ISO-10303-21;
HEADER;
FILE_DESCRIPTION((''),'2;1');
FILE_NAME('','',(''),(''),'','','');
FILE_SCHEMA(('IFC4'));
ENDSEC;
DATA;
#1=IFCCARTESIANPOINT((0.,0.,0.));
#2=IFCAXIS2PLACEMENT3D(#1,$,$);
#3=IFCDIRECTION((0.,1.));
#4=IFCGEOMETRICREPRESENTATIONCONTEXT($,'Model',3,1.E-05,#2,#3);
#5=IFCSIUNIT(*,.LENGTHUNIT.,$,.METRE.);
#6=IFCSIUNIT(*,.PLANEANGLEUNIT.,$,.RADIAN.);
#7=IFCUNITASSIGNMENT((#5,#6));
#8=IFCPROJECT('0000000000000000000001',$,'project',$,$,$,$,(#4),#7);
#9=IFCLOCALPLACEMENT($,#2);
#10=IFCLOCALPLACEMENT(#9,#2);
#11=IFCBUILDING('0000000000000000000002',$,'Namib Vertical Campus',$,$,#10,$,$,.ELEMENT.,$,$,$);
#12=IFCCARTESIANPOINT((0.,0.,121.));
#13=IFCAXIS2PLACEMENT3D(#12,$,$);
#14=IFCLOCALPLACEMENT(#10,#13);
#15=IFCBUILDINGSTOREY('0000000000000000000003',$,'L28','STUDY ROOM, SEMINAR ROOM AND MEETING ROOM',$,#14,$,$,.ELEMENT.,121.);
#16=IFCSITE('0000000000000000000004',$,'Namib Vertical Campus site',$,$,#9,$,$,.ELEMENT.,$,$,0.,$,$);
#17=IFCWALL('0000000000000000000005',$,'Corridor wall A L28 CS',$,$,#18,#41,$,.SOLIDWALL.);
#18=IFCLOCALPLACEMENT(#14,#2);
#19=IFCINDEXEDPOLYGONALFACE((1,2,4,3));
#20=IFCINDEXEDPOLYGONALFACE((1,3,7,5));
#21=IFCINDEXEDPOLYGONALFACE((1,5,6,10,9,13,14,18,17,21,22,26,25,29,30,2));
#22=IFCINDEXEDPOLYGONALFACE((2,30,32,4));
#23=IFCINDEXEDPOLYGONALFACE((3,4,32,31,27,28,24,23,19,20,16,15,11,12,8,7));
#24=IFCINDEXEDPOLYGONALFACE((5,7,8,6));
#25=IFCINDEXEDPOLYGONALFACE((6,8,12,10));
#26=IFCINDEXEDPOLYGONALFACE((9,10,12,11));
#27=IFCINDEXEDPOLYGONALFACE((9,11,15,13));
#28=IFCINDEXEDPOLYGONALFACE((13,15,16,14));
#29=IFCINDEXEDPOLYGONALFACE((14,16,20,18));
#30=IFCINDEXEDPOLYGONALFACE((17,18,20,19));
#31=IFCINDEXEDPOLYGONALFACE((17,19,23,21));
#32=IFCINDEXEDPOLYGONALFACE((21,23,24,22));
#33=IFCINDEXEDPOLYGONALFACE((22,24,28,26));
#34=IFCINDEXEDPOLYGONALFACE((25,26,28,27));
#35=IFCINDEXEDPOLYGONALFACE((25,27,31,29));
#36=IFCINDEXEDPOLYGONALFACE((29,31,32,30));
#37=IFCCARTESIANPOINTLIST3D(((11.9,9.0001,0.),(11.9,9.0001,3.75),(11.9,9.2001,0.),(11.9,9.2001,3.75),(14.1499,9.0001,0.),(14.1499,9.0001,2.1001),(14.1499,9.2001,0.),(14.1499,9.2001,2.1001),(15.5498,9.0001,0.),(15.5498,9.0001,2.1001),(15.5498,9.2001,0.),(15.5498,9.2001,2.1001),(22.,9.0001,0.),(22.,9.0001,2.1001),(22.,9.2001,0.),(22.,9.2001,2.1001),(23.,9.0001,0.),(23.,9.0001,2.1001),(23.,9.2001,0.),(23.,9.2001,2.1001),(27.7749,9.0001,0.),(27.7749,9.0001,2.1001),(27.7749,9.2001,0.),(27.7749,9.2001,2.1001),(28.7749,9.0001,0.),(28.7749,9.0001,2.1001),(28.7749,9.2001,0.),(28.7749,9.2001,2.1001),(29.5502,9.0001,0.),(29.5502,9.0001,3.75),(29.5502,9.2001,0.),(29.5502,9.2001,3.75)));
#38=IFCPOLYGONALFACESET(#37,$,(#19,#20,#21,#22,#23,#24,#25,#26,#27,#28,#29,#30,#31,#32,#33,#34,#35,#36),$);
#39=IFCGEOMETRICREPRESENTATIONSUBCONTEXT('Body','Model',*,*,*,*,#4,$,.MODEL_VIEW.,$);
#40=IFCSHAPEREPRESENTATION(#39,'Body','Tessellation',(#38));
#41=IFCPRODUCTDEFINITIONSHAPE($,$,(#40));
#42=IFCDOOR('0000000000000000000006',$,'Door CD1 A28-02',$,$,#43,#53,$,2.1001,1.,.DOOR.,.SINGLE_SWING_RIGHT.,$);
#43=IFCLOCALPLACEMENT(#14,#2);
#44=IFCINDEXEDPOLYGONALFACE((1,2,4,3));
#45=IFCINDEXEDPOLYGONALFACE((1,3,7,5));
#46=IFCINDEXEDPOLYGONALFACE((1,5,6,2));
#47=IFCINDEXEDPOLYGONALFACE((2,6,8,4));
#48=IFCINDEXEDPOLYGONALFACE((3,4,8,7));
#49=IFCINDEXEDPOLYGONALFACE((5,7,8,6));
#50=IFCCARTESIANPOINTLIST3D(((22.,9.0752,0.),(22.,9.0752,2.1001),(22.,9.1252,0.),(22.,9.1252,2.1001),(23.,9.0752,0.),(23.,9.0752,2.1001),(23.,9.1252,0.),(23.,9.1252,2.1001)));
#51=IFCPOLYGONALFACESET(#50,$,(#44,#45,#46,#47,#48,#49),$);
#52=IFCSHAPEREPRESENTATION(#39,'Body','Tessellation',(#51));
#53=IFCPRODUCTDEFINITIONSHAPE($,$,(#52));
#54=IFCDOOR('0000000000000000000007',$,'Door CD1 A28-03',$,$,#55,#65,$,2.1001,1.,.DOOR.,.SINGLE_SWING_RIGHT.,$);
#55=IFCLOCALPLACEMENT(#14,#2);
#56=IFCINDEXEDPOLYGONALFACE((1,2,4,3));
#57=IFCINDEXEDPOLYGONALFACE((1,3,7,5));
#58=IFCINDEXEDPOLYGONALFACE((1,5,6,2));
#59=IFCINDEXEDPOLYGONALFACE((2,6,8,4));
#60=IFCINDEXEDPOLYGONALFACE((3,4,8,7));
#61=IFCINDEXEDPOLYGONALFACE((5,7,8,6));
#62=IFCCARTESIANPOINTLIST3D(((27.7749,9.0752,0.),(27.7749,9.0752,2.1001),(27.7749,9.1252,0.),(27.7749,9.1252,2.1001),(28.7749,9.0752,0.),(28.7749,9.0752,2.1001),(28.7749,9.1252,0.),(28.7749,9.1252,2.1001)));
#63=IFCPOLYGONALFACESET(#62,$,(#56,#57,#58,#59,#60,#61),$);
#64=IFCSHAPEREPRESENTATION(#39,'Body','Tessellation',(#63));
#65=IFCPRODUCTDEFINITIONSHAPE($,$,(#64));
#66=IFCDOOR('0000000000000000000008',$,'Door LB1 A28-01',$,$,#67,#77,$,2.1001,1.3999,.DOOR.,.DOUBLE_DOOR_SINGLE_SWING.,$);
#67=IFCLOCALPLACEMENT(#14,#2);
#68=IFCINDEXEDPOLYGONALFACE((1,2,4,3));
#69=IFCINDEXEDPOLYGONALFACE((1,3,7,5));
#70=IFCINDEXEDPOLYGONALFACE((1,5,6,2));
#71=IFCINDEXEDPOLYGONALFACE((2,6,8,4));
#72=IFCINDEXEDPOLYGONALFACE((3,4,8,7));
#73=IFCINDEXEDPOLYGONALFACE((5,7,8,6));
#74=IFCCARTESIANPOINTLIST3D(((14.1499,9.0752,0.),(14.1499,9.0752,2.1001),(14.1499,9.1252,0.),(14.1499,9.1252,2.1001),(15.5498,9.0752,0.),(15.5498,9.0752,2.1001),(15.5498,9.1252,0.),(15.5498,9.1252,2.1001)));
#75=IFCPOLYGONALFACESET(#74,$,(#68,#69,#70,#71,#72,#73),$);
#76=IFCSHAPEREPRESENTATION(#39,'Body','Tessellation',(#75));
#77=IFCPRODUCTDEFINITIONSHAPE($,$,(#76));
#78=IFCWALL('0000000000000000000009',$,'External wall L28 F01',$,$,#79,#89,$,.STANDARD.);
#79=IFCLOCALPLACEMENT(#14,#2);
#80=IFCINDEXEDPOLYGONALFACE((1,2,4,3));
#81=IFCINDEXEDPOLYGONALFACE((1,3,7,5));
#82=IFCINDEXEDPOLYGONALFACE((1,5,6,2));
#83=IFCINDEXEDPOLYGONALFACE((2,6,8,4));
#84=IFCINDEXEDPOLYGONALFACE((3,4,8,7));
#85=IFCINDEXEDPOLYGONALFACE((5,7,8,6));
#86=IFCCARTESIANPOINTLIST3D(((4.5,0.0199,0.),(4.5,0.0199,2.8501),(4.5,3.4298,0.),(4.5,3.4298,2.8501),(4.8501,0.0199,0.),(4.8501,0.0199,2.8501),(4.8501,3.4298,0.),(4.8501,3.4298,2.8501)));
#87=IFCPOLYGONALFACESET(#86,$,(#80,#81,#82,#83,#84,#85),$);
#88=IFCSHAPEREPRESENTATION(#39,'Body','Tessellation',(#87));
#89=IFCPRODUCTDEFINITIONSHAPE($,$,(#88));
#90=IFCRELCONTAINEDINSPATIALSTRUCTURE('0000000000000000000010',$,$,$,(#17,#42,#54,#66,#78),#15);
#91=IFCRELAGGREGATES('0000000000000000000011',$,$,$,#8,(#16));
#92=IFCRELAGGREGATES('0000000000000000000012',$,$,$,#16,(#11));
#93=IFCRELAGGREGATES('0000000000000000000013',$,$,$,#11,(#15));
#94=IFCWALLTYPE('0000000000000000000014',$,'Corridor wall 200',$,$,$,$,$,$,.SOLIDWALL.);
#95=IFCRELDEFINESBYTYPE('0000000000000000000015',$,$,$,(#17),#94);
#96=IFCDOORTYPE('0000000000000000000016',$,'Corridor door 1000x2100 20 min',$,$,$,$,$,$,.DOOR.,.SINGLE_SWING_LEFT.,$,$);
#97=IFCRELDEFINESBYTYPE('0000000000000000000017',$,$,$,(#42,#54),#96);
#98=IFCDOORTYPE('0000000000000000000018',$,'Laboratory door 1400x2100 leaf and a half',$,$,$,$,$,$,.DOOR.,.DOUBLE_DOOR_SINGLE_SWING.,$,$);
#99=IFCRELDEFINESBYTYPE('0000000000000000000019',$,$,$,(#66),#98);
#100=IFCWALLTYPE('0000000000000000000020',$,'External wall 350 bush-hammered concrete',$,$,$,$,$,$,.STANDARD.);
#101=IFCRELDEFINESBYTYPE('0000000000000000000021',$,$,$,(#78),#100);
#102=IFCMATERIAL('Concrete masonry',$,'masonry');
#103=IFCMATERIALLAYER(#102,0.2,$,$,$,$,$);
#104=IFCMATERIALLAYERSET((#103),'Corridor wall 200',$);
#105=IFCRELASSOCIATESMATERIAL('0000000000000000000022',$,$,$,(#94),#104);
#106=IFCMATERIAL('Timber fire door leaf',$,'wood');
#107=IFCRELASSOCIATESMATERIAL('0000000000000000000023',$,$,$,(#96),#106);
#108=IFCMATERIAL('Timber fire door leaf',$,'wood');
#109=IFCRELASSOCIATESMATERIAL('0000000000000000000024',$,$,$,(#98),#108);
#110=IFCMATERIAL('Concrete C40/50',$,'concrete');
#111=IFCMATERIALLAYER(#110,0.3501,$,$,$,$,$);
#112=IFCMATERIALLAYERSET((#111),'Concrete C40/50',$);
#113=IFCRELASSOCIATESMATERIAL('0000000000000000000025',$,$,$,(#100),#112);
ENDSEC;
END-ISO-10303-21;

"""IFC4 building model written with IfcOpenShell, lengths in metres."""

from ifc_helpers import new_model, si_unit, direction, frame, frame_2d, origin, place, context, subcontext, project, spatial, rectangle, extrude, material, layer, layer_set, type_object, element, fill, save


model = new_model("IFC4")

# Units and contexts
model_context = context("Model", 3, precision=1e-05, world=origin(), true_north=direction((0.0, 1.0)))
body_context = subcontext(model_context, "Body", "Model", "MODEL_VIEW")
ifc_project = project(units=[si_unit("LENGTHUNIT", "METRE"), si_unit("PLANEANGLEUNIT", "RADIAN")], contexts=[model_context])

# Site, building, storey
site_placement = place(None, origin())
site = spatial("IfcSite", under=ifc_project, at=site_placement, Name="Namib Vertical Campus site", CompositionType="ELEMENT", RefElevation=0.0)
building_placement = place(site_placement, origin())
building = spatial("IfcBuilding", under=site, at=building_placement, Name="Namib Vertical Campus", CompositionType="ELEMENT")
storey_placement = place(building_placement, frame((0.0, 0.0, 121.0)))
storey = spatial("IfcBuildingStorey", under=building, at=storey_placement, Name="L28", Description="STUDY ROOM, SEMINAR ROOM AND MEETING ROOM", CompositionType="ELEMENT", Elevation=121.0)

# Wall, openings, doors
ifc_material_1 = material(Name="Concrete masonry", Category="masonry")
ifc_layer_1 = layer(ifc_material_1, 0.2)
ifc_layer_set_1 = layer_set([ifc_layer_1], Name="Corridor wall 200")
wall_type_1 = type_object("IfcWallType", Name="Corridor wall 200", PredefinedType="SOLIDWALL", material=ifc_layer_set_1)
wall_1_placement = place(storey_placement, frame((11.8999, 9.1001, 0.0), z_axis=(0.0, 0.0, 1.0), x_axis=(1.0, 0.0, 0.0)))
wall_1 = element("IfcWall", 1, at=wall_1_placement, inside=storey, type_object=wall_type_1, Name="Corridor wall A L28 CS", PredefinedType="SOLIDWALL", context=body_context, shape_type="SweptSolid", body=[
    extrude(rectangle(XDim=17.6501, YDim=0.2, at=frame_2d((8.8252, 0.0))), origin(), (0.0, 0.0, 1.0), 3.75),
])
opening_1_placement = place(wall_1_placement, frame((2.25, 0.0, 0.0)))
opening_1 = element("IfcOpeningElement", 2, at=opening_1_placement, cuts=wall_1, PredefinedType="OPENING", context=body_context, shape_type="SweptSolid", body=[
    extrude(rectangle(XDim=1.3999, YDim=2.1001, at=frame_2d((0.7, 1.05))), frame((0.0, 0.1099, 0.0), z_axis=(0.0, -1.0, 0.0), x_axis=(1.0, 0.0, 0.0)), (0.0, 0.0, 1.0), 0.22),
])
opening_2_placement = place(wall_1_placement, frame((10.1001, 0.0, 0.0)))
opening_2 = element("IfcOpeningElement", 3, at=opening_2_placement, cuts=wall_1, PredefinedType="OPENING", context=body_context, shape_type="SweptSolid", body=[
    extrude(rectangle(XDim=1.0, YDim=2.1001, at=frame_2d((0.5, 1.05))), frame((0.0, 0.1099, 0.0), z_axis=(0.0, -1.0, 0.0), x_axis=(1.0, 0.0, 0.0)), (0.0, 0.0, 1.0), 0.22),
])
opening_3_placement = place(wall_1_placement, frame((15.875, 0.0, 0.0)))
opening_3 = element("IfcOpeningElement", 4, at=opening_3_placement, cuts=wall_1, PredefinedType="OPENING", context=body_context, shape_type="SweptSolid", body=[
    extrude(rectangle(XDim=1.0, YDim=2.1001, at=frame_2d((0.5, 1.05))), frame((0.0, 0.1099, 0.0), z_axis=(0.0, -1.0, 0.0), x_axis=(1.0, 0.0, 0.0)), (0.0, 0.0, 1.0), 0.22),
])
ifc_material_2 = material(Name="Timber fire door leaf", Category="wood")
door_type_1 = type_object("IfcDoorType", Name="Corridor door 1000x2100 20 min", OperationType="SINGLE_SWING_LEFT", PredefinedType="DOOR", material=ifc_material_2)
door_1_placement = place(opening_2_placement, frame((1.0, 0.0, 0.0), z_axis=(0.0, 0.0, 1.0), x_axis=(-1.0, 0.0, 0.0)))
door_1 = element("IfcDoor", 5, at=door_1_placement, inside=storey, type_object=door_type_1, Name="Door CD1 A28-02", OperationType="SINGLE_SWING_RIGHT", OverallHeight=2.1001, OverallWidth=1.0, PredefinedType="DOOR", context=body_context, shape_type="SweptSolid", body=[
    extrude(rectangle(XDim=1.0, YDim=2.1001, at=frame_2d((0.5, 1.05))), frame((0.0, 0.0249, 0.0), z_axis=(0.0, -1.0, 0.0), x_axis=(1.0, 0.0, 0.0)), (0.0, 0.0, 1.0), 0.05),
])
fill(opening_2, door_1)
door_2_placement = place(opening_3_placement, frame((1.0, 0.0, 0.0), z_axis=(0.0, 0.0, 1.0), x_axis=(-1.0, 0.0, 0.0)))
door_2 = element("IfcDoor", 6, at=door_2_placement, inside=storey, type_object=door_type_1, Name="Door CD1 A28-03", OperationType="SINGLE_SWING_RIGHT", OverallHeight=2.1001, OverallWidth=1.0, PredefinedType="DOOR", context=body_context, shape_type="SweptSolid", body=[
    extrude(rectangle(XDim=1.0, YDim=2.1001, at=frame_2d((0.5, 1.05))), frame((0.0, 0.0249, 0.0), z_axis=(0.0, -1.0, 0.0), x_axis=(1.0, 0.0, 0.0)), (0.0, 0.0, 1.0), 0.05),
])
fill(opening_3, door_2)
ifc_material_3 = material(Name="Timber fire door leaf", Category="wood")
door_type_2 = type_object("IfcDoorType", Name="Laboratory door 1400x2100 leaf and a half", OperationType="DOUBLE_DOOR_SINGLE_SWING", PredefinedType="DOOR", material=ifc_material_3)
door_3_placement = place(opening_1_placement, frame((1.3999, 0.0, 0.0), z_axis=(0.0, 0.0, 1.0), x_axis=(-1.0, 0.0, 0.0)))
door_3 = element("IfcDoor", 7, at=door_3_placement, inside=storey, type_object=door_type_2, Name="Door LB1 A28-01", OperationType="DOUBLE_DOOR_SINGLE_SWING", OverallHeight=2.1001, OverallWidth=1.3999, PredefinedType="DOOR", context=body_context, shape_type="SweptSolid", body=[
    extrude(rectangle(XDim=1.3999, YDim=2.1001, at=frame_2d((0.7, 1.05))), frame((0.0, 0.0249, 0.0), z_axis=(0.0, -1.0, 0.0), x_axis=(1.0, 0.0, 0.0)), (0.0, 0.0, 1.0), 0.05),
])
fill(opening_1, door_3)

# Wall
ifc_material_4 = material(Name="Concrete C40/50", Category="concrete")
ifc_layer_2 = layer(ifc_material_4, 0.3501)
ifc_layer_set_2 = layer_set([ifc_layer_2], Name="Concrete C40/50")
wall_type_2 = type_object("IfcWallType", Name="External wall 350 bush-hammered concrete", PredefinedType="STANDARD", material=ifc_layer_set_2)
wall_2_placement = place(storey_placement, frame((4.675, 3.4299, 0.0), z_axis=(0.0, 0.0, 1.0), x_axis=(0.0, -1.0, 0.0)))
element("IfcWall", 8, at=wall_2_placement, inside=storey, type_object=wall_type_2, Name="External wall L28 F01", PredefinedType="STANDARD", context=body_context, shape_type="SweptSolid", body=[
    extrude(rectangle(XDim=3.4099, YDim=0.3501, at=frame_2d((1.7051, 0.0))), origin(), (0.0, 0.0, 1.0), 2.8501),
])

save(model, "model.ifc")
